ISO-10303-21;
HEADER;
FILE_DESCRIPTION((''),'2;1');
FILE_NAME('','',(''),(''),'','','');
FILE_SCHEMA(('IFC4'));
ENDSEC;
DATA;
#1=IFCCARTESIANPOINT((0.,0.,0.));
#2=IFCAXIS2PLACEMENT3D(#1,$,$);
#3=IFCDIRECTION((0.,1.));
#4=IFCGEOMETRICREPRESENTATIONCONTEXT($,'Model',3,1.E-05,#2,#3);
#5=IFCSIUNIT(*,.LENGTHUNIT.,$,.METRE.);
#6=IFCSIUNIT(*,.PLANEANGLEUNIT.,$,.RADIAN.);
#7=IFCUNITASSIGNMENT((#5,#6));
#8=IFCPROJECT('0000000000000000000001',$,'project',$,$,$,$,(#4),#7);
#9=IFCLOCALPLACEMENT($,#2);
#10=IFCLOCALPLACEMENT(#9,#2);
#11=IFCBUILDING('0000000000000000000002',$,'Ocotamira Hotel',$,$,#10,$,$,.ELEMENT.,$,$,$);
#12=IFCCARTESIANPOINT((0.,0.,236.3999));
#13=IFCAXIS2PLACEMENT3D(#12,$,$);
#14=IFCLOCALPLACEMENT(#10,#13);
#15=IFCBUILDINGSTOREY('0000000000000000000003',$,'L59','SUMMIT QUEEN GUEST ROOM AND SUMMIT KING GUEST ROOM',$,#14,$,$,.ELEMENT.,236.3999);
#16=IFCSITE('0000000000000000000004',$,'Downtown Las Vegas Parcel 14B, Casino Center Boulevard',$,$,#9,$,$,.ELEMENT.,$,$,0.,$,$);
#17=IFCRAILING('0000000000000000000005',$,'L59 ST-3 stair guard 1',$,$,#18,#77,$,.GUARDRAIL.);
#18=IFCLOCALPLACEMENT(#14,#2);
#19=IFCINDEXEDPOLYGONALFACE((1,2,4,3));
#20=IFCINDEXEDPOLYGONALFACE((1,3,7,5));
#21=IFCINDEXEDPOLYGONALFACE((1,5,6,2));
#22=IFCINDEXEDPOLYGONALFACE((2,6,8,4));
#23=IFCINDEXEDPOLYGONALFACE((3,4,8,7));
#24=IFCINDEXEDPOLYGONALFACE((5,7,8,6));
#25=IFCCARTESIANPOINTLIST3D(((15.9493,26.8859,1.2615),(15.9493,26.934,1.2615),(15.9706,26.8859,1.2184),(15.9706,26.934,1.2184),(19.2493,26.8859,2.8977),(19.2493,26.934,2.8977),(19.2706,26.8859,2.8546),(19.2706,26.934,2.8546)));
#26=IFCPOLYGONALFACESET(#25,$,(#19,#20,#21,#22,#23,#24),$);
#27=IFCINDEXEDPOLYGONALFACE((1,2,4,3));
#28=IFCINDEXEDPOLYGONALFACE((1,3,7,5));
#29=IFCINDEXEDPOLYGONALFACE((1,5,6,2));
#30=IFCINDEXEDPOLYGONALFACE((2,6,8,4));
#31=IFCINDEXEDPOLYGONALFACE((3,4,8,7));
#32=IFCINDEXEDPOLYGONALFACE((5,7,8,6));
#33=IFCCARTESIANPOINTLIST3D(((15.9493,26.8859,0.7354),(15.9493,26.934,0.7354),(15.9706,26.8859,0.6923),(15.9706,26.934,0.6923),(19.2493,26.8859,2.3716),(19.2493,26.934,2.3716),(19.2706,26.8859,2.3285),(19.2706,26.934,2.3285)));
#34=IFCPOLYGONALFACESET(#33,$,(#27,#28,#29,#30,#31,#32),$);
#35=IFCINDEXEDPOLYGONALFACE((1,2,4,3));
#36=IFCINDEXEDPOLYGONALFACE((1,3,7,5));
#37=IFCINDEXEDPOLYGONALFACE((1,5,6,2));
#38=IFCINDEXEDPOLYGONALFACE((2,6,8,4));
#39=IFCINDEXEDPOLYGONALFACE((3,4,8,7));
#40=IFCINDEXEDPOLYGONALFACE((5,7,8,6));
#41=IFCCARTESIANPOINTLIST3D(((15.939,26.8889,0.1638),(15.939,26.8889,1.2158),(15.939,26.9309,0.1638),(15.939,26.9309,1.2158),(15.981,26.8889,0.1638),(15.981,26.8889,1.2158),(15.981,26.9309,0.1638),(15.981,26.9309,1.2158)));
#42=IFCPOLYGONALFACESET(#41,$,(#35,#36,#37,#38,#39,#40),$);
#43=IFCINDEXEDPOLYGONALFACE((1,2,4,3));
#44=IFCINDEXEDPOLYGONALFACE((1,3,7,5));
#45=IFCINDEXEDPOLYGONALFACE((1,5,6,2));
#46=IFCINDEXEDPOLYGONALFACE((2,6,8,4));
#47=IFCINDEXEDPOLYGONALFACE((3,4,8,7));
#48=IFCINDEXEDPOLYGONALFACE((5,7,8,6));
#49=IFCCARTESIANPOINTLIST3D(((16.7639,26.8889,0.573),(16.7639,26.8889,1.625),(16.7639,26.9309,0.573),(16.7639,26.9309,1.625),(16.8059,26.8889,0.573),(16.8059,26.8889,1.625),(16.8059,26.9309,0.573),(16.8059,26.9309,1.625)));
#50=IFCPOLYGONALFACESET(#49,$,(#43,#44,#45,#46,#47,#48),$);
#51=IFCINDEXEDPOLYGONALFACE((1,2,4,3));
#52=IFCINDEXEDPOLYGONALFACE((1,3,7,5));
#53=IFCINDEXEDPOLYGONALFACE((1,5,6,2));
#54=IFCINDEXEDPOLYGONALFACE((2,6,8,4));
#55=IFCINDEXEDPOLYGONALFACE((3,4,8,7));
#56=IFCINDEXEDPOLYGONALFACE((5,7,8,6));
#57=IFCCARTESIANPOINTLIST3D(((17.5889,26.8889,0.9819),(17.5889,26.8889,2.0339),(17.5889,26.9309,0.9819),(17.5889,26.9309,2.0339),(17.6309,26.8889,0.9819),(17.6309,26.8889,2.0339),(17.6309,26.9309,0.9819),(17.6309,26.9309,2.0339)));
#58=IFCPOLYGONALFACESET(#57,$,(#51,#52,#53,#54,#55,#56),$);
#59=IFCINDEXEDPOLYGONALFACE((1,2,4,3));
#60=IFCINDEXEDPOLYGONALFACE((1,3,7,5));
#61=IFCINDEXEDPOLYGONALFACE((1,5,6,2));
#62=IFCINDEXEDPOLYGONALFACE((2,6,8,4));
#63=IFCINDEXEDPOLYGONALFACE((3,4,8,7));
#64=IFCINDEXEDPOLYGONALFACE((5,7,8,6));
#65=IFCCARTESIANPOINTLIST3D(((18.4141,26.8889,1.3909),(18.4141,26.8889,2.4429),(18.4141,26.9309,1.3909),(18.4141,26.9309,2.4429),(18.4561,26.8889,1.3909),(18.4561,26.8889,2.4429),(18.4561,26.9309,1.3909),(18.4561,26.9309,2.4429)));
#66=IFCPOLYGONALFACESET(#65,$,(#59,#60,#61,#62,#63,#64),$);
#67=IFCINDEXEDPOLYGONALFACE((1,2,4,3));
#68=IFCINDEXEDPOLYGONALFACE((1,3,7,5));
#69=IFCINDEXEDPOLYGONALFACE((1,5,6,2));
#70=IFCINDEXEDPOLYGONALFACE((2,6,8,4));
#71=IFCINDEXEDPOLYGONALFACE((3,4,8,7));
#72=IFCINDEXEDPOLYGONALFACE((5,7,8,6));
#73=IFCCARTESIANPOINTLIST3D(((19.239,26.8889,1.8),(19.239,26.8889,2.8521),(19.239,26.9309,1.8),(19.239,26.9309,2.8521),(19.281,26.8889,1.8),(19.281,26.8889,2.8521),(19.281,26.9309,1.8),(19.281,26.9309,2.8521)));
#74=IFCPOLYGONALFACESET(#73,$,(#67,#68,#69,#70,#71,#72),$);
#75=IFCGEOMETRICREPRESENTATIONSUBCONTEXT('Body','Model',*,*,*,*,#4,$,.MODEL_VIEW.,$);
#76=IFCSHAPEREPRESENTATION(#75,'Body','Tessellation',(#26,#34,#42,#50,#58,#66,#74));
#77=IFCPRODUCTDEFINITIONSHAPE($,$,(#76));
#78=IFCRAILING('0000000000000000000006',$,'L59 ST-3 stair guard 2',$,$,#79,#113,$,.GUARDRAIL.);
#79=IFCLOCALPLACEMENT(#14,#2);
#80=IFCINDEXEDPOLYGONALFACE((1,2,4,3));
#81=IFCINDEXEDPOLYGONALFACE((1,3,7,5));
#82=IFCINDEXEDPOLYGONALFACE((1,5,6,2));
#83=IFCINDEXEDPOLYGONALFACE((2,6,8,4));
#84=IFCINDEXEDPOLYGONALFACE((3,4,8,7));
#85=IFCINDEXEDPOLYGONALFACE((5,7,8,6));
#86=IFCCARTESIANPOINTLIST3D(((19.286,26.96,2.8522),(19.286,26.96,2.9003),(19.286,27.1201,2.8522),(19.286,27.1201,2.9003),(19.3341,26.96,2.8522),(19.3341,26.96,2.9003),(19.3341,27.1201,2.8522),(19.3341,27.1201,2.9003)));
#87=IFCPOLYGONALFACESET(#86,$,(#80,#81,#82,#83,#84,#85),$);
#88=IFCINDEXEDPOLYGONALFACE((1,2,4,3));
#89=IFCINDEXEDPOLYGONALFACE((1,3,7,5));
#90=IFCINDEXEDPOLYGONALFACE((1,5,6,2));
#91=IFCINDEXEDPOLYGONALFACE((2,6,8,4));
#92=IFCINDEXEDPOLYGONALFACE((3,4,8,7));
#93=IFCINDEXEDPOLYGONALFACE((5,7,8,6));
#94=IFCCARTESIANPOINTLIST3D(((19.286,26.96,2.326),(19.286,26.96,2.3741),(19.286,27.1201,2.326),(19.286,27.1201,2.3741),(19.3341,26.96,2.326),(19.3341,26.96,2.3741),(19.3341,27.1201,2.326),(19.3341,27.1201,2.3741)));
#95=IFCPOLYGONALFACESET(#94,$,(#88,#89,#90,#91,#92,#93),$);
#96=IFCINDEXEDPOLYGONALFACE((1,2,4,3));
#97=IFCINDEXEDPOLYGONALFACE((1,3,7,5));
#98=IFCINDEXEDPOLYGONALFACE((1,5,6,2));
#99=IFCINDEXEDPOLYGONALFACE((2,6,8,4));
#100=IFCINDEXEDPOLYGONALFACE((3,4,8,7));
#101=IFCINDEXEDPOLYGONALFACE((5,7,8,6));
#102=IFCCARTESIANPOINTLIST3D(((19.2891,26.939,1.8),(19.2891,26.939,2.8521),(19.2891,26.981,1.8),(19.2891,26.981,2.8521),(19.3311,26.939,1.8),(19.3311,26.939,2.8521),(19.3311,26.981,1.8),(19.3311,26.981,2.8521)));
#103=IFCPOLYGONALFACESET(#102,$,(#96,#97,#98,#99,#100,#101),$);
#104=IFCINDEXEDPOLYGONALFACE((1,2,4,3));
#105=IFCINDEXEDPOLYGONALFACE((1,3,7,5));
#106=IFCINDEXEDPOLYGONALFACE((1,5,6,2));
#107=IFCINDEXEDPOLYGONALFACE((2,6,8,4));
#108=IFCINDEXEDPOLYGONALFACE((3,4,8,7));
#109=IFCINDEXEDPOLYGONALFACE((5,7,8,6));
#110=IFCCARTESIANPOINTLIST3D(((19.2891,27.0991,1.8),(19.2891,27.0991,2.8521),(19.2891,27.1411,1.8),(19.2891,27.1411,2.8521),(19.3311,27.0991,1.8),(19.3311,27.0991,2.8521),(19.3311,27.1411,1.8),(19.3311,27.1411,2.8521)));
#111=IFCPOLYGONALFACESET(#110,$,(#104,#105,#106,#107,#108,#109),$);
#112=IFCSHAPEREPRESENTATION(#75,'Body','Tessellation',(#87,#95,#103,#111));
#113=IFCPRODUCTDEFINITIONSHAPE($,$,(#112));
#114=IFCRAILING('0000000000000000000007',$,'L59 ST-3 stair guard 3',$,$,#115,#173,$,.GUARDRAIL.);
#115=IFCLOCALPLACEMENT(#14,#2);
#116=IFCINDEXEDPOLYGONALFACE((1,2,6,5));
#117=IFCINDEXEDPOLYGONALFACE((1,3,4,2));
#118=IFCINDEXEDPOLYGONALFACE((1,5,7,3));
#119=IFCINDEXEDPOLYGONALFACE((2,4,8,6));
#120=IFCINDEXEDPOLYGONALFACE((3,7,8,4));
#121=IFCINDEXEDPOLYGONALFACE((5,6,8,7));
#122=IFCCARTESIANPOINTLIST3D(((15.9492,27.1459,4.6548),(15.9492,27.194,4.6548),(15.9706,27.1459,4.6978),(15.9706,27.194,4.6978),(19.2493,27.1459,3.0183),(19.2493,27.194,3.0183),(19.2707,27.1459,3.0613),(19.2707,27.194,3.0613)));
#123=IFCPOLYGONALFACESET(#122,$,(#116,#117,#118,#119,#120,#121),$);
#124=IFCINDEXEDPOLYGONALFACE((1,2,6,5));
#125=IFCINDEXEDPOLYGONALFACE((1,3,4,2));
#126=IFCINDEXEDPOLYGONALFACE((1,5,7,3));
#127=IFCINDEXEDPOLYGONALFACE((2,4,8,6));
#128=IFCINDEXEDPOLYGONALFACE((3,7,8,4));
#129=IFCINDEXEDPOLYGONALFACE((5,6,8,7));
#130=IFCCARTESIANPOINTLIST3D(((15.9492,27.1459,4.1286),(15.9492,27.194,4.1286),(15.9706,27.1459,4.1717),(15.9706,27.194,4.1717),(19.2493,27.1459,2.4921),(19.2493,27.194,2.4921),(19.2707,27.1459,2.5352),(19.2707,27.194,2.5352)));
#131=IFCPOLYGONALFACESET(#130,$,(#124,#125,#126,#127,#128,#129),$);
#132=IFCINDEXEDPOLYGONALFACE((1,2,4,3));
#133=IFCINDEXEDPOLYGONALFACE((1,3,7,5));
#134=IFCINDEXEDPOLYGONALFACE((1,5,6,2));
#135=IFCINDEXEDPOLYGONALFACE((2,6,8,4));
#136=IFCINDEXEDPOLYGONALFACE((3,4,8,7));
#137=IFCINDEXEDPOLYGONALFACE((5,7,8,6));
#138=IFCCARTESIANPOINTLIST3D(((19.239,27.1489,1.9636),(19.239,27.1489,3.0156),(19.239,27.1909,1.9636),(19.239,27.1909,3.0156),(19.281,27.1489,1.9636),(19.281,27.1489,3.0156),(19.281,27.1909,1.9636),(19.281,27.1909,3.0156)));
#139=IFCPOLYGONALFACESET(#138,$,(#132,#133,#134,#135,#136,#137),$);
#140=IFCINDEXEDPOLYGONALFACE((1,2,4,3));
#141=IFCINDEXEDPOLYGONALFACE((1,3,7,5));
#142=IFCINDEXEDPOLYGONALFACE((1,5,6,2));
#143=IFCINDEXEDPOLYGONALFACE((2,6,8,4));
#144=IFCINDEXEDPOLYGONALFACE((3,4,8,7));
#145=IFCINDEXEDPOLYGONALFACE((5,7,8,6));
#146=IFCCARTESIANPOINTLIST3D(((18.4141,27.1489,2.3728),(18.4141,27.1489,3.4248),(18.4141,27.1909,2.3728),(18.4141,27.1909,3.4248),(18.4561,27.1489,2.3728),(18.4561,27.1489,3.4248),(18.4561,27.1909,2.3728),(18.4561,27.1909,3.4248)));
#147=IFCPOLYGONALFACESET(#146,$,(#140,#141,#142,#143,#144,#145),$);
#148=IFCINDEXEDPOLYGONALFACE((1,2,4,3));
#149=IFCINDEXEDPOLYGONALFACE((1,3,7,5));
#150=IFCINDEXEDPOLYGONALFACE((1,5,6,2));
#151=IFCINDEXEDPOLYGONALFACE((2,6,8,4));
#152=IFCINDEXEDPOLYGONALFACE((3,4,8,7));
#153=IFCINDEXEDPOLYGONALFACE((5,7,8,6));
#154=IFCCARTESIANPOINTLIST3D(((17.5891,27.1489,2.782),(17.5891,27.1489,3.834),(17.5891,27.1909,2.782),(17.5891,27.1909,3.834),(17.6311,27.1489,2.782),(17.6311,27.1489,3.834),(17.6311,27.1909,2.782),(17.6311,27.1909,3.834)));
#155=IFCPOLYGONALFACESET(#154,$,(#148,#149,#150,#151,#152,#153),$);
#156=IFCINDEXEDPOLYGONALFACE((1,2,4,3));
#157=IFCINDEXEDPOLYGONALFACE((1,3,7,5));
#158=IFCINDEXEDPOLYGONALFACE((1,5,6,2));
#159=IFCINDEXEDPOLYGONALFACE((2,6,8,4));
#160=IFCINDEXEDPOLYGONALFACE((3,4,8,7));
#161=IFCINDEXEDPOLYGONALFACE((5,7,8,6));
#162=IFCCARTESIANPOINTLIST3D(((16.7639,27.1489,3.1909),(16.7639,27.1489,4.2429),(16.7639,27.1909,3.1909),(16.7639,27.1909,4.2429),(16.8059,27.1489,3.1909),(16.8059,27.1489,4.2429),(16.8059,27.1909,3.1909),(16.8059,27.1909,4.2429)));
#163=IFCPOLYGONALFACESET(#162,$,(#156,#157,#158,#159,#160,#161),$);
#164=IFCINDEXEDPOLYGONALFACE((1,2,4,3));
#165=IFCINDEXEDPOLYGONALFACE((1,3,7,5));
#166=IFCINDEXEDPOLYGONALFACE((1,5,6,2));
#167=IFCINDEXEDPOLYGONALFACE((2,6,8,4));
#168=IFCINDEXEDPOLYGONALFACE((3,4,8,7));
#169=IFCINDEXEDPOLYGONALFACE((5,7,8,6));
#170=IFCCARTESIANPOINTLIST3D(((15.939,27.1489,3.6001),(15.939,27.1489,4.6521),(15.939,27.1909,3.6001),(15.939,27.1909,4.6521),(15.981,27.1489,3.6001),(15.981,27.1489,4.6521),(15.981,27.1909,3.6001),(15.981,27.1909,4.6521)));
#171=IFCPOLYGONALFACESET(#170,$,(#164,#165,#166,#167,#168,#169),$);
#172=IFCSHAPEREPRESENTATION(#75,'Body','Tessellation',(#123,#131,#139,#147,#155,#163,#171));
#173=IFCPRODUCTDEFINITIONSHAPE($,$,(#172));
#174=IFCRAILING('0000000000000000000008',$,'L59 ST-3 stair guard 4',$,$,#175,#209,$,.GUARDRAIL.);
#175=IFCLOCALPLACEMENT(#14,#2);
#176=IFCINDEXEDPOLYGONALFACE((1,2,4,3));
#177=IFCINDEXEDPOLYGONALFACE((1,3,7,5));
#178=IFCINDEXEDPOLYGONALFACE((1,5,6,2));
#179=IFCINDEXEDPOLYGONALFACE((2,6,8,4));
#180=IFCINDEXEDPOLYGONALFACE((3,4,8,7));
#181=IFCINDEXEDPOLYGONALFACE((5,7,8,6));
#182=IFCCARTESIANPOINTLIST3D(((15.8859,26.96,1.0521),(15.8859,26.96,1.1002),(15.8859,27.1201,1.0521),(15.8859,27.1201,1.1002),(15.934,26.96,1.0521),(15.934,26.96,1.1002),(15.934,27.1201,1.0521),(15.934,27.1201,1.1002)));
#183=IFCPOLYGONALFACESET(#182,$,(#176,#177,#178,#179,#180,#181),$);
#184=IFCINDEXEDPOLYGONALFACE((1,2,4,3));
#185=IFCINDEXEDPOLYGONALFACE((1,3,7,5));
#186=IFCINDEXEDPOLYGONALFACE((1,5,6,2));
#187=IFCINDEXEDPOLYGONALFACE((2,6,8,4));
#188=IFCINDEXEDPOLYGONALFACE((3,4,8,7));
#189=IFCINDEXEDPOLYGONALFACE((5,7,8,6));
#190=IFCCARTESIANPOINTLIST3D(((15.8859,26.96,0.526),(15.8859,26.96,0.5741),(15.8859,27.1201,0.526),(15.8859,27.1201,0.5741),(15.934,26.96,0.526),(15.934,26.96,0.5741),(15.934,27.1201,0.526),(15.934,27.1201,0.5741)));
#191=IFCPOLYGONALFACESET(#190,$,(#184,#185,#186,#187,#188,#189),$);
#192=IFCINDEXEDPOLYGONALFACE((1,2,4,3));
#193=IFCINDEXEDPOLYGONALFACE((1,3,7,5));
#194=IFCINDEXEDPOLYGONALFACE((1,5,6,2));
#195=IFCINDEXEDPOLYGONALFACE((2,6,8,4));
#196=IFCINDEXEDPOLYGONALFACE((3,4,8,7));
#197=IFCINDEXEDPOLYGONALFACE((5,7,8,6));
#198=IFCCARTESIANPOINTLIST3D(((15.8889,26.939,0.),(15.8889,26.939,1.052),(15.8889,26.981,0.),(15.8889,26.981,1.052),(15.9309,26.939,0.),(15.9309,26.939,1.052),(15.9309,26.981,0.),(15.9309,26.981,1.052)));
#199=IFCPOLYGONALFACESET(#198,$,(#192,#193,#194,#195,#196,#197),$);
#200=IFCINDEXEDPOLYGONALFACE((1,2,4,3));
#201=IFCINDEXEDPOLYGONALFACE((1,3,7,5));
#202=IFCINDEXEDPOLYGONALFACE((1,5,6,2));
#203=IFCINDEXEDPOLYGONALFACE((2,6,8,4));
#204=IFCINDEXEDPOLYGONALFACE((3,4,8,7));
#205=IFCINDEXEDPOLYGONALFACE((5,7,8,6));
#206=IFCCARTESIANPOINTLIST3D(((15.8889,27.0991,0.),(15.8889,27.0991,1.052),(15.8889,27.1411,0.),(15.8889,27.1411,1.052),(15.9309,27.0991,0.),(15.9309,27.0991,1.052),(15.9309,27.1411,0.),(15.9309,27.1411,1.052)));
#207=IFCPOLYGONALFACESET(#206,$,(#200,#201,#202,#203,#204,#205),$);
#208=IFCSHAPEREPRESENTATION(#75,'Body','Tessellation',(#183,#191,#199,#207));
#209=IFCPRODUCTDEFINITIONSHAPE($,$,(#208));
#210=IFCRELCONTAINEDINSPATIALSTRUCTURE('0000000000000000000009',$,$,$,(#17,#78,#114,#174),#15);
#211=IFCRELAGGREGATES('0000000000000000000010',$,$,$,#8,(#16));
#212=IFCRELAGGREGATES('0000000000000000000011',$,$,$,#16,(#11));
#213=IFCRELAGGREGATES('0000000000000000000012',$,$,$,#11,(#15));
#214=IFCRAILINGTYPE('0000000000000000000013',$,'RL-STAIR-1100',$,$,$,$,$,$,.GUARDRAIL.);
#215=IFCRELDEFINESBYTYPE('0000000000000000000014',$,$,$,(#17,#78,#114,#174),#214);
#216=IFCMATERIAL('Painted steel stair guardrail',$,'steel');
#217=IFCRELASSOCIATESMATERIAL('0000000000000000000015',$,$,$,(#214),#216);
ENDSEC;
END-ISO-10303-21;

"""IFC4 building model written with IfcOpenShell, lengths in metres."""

from ifc_helpers import new_model, si_unit, direction, frame, origin, origin_2d, place, context, subcontext, project, spatial, rectangle, extrude, material, type_object, element, save


model = new_model("IFC4")

# Units and contexts
model_context = context("Model", 3, precision=1e-05, world=origin(), true_north=direction((0.0, 1.0)))
body_context = subcontext(model_context, "Body", "Model", "MODEL_VIEW")
ifc_project = project(units=[si_unit("LENGTHUNIT", "METRE"), si_unit("PLANEANGLEUNIT", "RADIAN")], contexts=[model_context])

# Site, building, storey
site_placement = place(None, origin())
site = spatial("IfcSite", under=ifc_project, at=site_placement, Name="Downtown Las Vegas Parcel 14B, Casino Center Boulevard", CompositionType="ELEMENT", RefElevation=0.0)
building_placement = place(site_placement, origin())
building = spatial("IfcBuilding", under=site, at=building_placement, Name="Ocotamira Hotel", CompositionType="ELEMENT")
storey_placement = place(building_placement, frame((0.0, 0.0, 236.3999)))
storey = spatial("IfcBuildingStorey", under=building, at=storey_placement, Name="L59", Description="SUMMIT QUEEN GUEST ROOM AND SUMMIT KING GUEST ROOM", CompositionType="ELEMENT", Elevation=236.3999)

# Railings
ifc_material_1 = material(Name="Painted steel stair guardrail", Category="steel")
railing_type_1 = type_object("IfcRailingType", Name="RL-STAIR-1100", PredefinedType="GUARDRAIL", material=ifc_material_1)
railing_1_placement = place(storey_placement, frame((15.96, 26.9099, 0.1638)))
element("IfcRailing", 1, at=railing_1_placement, inside=storey, type_object=railing_type_1, Name="L59 ST-3 stair guard 1", PredefinedType="GUARDRAIL", context=body_context, shape_type="SweptSolid", body=[
    extrude(rectangle(XDim=0.0481, YDim=0.0481, at=origin_2d()), frame((0.0, 0.0, 1.0762), z_axis=(0.89592, 0.0, 0.444215), x_axis=(0.0, 1.0, 0.0)), (0.0, 0.0, 1.0), 3.6833),
    extrude(rectangle(XDim=0.0481, YDim=0.0481, at=origin_2d()), frame((0.0, 0.0, 0.55), z_axis=(0.89592, 0.0, 0.444215), x_axis=(0.0, 1.0, 0.0)), (0.0, 0.0, 1.0), 3.6833),
    extrude(rectangle(XDim=0.042, YDim=0.042, at=origin_2d()), origin(), (0.0, 0.0, 1.0), 1.052),
    extrude(rectangle(XDim=0.042, YDim=0.042, at=origin_2d()), frame((0.825, 0.0, 0.4092)), (0.0, 0.0, 1.0), 1.052),
    extrude(rectangle(XDim=0.042, YDim=0.042, at=origin_2d()), frame((1.6499, 0.0, 0.8181)), (0.0, 0.0, 1.0), 1.052),
    extrude(rectangle(XDim=0.042, YDim=0.042, at=origin_2d()), frame((2.4751, 0.0, 1.2271)), (0.0, 0.0, 1.0), 1.052),
    extrude(rectangle(XDim=0.042, YDim=0.042, at=origin_2d()), frame((3.3, 0.0, 1.6362)), (0.0, 0.0, 1.0), 1.052),
])
railing_2_placement = place(storey_placement, frame((19.3101, 26.96, 1.8)))
element("IfcRailing", 2, at=railing_2_placement, inside=storey, type_object=railing_type_1, Name="L59 ST-3 stair guard 2", PredefinedType="GUARDRAIL", context=body_context, shape_type="SweptSolid", body=[
    extrude(rectangle(XDim=0.0481, YDim=0.0481, at=origin_2d()), frame((0.0, 0.0, 1.0762), z_axis=(0.0, 1.0, 0.0), x_axis=(-1.0, 0.0, 0.0)), (0.0, 0.0, 1.0), 0.1602),
    extrude(rectangle(XDim=0.0481, YDim=0.0481, at=origin_2d()), frame((0.0, 0.0, 0.55), z_axis=(0.0, 1.0, 0.0), x_axis=(-1.0, 0.0, 0.0)), (0.0, 0.0, 1.0), 0.1602),
    extrude(rectangle(XDim=0.042, YDim=0.042, at=origin_2d()), origin(), (0.0, 0.0, 1.0), 1.052),
    extrude(rectangle(XDim=0.042, YDim=0.042, at=origin_2d()), frame((0.0, 0.1602, 0.0)), (0.0, 0.0, 1.0), 1.052),
])
railing_3_placement = place(storey_placement, frame((19.26, 27.1699, 1.9636)))
element("IfcRailing", 3, at=railing_3_placement, inside=storey, type_object=railing_type_1, Name="L59 ST-3 stair guard 3", PredefinedType="GUARDRAIL", context=body_context, shape_type="SweptSolid", body=[
    extrude(rectangle(XDim=0.0481, YDim=0.0481, at=origin_2d()), frame((0.0, 0.0, 1.0762), z_axis=(-0.895894, 0.0, 0.444268), x_axis=(0.0, -1.0, 0.0)), (0.0, 0.0, 1.0), 3.6836),
    extrude(rectangle(XDim=0.0481, YDim=0.0481, at=origin_2d()), frame((0.0, 0.0, 0.55), z_axis=(-0.895894, 0.0, 0.444268), x_axis=(0.0, -1.0, 0.0)), (0.0, 0.0, 1.0), 3.6836),
    extrude(rectangle(XDim=0.042, YDim=0.042, at=origin_2d()), origin(), (0.0, 0.0, 1.0), 1.052),
    extrude(rectangle(XDim=0.042, YDim=0.042, at=origin_2d()), frame((-0.825, 0.0, 0.4092)), (0.0, 0.0, 1.0), 1.052),
    extrude(rectangle(XDim=0.042, YDim=0.042, at=origin_2d()), frame((-1.6499, 0.0, 0.8184)), (0.0, 0.0, 1.0), 1.052),
    extrude(rectangle(XDim=0.042, YDim=0.042, at=origin_2d()), frame((-2.4751, 0.0, 1.2273)), (0.0, 0.0, 1.0), 1.052),
    extrude(rectangle(XDim=0.042, YDim=0.042, at=origin_2d()), frame((-3.3, 0.0, 1.6365)), (0.0, 0.0, 1.0), 1.052),
])
railing_4_placement = place(storey_placement, frame((15.9099, 26.96, 0.0)))
element("IfcRailing", 4, at=railing_4_placement, inside=storey, type_object=railing_type_1, Name="L59 ST-3 stair guard 4", PredefinedType="GUARDRAIL", context=body_context, shape_type="SweptSolid", body=[
    extrude(rectangle(XDim=0.0481, YDim=0.0481, at=origin_2d()), frame((0.0, 0.0, 1.0762), z_axis=(0.0, 1.0, 0.0), x_axis=(-1.0, 0.0, 0.0)), (0.0, 0.0, 1.0), 0.1602),
    extrude(rectangle(XDim=0.0481, YDim=0.0481, at=origin_2d()), frame((0.0, 0.0, 0.55), z_axis=(0.0, 1.0, 0.0), x_axis=(-1.0, 0.0, 0.0)), (0.0, 0.0, 1.0), 0.1602),
    extrude(rectangle(XDim=0.042, YDim=0.042, at=origin_2d()), origin(), (0.0, 0.0, 1.0), 1.052),
    extrude(rectangle(XDim=0.042, YDim=0.042, at=origin_2d()), frame((0.0, 0.1602, 0.0)), (0.0, 0.0, 1.0), 1.052),
])

save(model, "model.ifc")
